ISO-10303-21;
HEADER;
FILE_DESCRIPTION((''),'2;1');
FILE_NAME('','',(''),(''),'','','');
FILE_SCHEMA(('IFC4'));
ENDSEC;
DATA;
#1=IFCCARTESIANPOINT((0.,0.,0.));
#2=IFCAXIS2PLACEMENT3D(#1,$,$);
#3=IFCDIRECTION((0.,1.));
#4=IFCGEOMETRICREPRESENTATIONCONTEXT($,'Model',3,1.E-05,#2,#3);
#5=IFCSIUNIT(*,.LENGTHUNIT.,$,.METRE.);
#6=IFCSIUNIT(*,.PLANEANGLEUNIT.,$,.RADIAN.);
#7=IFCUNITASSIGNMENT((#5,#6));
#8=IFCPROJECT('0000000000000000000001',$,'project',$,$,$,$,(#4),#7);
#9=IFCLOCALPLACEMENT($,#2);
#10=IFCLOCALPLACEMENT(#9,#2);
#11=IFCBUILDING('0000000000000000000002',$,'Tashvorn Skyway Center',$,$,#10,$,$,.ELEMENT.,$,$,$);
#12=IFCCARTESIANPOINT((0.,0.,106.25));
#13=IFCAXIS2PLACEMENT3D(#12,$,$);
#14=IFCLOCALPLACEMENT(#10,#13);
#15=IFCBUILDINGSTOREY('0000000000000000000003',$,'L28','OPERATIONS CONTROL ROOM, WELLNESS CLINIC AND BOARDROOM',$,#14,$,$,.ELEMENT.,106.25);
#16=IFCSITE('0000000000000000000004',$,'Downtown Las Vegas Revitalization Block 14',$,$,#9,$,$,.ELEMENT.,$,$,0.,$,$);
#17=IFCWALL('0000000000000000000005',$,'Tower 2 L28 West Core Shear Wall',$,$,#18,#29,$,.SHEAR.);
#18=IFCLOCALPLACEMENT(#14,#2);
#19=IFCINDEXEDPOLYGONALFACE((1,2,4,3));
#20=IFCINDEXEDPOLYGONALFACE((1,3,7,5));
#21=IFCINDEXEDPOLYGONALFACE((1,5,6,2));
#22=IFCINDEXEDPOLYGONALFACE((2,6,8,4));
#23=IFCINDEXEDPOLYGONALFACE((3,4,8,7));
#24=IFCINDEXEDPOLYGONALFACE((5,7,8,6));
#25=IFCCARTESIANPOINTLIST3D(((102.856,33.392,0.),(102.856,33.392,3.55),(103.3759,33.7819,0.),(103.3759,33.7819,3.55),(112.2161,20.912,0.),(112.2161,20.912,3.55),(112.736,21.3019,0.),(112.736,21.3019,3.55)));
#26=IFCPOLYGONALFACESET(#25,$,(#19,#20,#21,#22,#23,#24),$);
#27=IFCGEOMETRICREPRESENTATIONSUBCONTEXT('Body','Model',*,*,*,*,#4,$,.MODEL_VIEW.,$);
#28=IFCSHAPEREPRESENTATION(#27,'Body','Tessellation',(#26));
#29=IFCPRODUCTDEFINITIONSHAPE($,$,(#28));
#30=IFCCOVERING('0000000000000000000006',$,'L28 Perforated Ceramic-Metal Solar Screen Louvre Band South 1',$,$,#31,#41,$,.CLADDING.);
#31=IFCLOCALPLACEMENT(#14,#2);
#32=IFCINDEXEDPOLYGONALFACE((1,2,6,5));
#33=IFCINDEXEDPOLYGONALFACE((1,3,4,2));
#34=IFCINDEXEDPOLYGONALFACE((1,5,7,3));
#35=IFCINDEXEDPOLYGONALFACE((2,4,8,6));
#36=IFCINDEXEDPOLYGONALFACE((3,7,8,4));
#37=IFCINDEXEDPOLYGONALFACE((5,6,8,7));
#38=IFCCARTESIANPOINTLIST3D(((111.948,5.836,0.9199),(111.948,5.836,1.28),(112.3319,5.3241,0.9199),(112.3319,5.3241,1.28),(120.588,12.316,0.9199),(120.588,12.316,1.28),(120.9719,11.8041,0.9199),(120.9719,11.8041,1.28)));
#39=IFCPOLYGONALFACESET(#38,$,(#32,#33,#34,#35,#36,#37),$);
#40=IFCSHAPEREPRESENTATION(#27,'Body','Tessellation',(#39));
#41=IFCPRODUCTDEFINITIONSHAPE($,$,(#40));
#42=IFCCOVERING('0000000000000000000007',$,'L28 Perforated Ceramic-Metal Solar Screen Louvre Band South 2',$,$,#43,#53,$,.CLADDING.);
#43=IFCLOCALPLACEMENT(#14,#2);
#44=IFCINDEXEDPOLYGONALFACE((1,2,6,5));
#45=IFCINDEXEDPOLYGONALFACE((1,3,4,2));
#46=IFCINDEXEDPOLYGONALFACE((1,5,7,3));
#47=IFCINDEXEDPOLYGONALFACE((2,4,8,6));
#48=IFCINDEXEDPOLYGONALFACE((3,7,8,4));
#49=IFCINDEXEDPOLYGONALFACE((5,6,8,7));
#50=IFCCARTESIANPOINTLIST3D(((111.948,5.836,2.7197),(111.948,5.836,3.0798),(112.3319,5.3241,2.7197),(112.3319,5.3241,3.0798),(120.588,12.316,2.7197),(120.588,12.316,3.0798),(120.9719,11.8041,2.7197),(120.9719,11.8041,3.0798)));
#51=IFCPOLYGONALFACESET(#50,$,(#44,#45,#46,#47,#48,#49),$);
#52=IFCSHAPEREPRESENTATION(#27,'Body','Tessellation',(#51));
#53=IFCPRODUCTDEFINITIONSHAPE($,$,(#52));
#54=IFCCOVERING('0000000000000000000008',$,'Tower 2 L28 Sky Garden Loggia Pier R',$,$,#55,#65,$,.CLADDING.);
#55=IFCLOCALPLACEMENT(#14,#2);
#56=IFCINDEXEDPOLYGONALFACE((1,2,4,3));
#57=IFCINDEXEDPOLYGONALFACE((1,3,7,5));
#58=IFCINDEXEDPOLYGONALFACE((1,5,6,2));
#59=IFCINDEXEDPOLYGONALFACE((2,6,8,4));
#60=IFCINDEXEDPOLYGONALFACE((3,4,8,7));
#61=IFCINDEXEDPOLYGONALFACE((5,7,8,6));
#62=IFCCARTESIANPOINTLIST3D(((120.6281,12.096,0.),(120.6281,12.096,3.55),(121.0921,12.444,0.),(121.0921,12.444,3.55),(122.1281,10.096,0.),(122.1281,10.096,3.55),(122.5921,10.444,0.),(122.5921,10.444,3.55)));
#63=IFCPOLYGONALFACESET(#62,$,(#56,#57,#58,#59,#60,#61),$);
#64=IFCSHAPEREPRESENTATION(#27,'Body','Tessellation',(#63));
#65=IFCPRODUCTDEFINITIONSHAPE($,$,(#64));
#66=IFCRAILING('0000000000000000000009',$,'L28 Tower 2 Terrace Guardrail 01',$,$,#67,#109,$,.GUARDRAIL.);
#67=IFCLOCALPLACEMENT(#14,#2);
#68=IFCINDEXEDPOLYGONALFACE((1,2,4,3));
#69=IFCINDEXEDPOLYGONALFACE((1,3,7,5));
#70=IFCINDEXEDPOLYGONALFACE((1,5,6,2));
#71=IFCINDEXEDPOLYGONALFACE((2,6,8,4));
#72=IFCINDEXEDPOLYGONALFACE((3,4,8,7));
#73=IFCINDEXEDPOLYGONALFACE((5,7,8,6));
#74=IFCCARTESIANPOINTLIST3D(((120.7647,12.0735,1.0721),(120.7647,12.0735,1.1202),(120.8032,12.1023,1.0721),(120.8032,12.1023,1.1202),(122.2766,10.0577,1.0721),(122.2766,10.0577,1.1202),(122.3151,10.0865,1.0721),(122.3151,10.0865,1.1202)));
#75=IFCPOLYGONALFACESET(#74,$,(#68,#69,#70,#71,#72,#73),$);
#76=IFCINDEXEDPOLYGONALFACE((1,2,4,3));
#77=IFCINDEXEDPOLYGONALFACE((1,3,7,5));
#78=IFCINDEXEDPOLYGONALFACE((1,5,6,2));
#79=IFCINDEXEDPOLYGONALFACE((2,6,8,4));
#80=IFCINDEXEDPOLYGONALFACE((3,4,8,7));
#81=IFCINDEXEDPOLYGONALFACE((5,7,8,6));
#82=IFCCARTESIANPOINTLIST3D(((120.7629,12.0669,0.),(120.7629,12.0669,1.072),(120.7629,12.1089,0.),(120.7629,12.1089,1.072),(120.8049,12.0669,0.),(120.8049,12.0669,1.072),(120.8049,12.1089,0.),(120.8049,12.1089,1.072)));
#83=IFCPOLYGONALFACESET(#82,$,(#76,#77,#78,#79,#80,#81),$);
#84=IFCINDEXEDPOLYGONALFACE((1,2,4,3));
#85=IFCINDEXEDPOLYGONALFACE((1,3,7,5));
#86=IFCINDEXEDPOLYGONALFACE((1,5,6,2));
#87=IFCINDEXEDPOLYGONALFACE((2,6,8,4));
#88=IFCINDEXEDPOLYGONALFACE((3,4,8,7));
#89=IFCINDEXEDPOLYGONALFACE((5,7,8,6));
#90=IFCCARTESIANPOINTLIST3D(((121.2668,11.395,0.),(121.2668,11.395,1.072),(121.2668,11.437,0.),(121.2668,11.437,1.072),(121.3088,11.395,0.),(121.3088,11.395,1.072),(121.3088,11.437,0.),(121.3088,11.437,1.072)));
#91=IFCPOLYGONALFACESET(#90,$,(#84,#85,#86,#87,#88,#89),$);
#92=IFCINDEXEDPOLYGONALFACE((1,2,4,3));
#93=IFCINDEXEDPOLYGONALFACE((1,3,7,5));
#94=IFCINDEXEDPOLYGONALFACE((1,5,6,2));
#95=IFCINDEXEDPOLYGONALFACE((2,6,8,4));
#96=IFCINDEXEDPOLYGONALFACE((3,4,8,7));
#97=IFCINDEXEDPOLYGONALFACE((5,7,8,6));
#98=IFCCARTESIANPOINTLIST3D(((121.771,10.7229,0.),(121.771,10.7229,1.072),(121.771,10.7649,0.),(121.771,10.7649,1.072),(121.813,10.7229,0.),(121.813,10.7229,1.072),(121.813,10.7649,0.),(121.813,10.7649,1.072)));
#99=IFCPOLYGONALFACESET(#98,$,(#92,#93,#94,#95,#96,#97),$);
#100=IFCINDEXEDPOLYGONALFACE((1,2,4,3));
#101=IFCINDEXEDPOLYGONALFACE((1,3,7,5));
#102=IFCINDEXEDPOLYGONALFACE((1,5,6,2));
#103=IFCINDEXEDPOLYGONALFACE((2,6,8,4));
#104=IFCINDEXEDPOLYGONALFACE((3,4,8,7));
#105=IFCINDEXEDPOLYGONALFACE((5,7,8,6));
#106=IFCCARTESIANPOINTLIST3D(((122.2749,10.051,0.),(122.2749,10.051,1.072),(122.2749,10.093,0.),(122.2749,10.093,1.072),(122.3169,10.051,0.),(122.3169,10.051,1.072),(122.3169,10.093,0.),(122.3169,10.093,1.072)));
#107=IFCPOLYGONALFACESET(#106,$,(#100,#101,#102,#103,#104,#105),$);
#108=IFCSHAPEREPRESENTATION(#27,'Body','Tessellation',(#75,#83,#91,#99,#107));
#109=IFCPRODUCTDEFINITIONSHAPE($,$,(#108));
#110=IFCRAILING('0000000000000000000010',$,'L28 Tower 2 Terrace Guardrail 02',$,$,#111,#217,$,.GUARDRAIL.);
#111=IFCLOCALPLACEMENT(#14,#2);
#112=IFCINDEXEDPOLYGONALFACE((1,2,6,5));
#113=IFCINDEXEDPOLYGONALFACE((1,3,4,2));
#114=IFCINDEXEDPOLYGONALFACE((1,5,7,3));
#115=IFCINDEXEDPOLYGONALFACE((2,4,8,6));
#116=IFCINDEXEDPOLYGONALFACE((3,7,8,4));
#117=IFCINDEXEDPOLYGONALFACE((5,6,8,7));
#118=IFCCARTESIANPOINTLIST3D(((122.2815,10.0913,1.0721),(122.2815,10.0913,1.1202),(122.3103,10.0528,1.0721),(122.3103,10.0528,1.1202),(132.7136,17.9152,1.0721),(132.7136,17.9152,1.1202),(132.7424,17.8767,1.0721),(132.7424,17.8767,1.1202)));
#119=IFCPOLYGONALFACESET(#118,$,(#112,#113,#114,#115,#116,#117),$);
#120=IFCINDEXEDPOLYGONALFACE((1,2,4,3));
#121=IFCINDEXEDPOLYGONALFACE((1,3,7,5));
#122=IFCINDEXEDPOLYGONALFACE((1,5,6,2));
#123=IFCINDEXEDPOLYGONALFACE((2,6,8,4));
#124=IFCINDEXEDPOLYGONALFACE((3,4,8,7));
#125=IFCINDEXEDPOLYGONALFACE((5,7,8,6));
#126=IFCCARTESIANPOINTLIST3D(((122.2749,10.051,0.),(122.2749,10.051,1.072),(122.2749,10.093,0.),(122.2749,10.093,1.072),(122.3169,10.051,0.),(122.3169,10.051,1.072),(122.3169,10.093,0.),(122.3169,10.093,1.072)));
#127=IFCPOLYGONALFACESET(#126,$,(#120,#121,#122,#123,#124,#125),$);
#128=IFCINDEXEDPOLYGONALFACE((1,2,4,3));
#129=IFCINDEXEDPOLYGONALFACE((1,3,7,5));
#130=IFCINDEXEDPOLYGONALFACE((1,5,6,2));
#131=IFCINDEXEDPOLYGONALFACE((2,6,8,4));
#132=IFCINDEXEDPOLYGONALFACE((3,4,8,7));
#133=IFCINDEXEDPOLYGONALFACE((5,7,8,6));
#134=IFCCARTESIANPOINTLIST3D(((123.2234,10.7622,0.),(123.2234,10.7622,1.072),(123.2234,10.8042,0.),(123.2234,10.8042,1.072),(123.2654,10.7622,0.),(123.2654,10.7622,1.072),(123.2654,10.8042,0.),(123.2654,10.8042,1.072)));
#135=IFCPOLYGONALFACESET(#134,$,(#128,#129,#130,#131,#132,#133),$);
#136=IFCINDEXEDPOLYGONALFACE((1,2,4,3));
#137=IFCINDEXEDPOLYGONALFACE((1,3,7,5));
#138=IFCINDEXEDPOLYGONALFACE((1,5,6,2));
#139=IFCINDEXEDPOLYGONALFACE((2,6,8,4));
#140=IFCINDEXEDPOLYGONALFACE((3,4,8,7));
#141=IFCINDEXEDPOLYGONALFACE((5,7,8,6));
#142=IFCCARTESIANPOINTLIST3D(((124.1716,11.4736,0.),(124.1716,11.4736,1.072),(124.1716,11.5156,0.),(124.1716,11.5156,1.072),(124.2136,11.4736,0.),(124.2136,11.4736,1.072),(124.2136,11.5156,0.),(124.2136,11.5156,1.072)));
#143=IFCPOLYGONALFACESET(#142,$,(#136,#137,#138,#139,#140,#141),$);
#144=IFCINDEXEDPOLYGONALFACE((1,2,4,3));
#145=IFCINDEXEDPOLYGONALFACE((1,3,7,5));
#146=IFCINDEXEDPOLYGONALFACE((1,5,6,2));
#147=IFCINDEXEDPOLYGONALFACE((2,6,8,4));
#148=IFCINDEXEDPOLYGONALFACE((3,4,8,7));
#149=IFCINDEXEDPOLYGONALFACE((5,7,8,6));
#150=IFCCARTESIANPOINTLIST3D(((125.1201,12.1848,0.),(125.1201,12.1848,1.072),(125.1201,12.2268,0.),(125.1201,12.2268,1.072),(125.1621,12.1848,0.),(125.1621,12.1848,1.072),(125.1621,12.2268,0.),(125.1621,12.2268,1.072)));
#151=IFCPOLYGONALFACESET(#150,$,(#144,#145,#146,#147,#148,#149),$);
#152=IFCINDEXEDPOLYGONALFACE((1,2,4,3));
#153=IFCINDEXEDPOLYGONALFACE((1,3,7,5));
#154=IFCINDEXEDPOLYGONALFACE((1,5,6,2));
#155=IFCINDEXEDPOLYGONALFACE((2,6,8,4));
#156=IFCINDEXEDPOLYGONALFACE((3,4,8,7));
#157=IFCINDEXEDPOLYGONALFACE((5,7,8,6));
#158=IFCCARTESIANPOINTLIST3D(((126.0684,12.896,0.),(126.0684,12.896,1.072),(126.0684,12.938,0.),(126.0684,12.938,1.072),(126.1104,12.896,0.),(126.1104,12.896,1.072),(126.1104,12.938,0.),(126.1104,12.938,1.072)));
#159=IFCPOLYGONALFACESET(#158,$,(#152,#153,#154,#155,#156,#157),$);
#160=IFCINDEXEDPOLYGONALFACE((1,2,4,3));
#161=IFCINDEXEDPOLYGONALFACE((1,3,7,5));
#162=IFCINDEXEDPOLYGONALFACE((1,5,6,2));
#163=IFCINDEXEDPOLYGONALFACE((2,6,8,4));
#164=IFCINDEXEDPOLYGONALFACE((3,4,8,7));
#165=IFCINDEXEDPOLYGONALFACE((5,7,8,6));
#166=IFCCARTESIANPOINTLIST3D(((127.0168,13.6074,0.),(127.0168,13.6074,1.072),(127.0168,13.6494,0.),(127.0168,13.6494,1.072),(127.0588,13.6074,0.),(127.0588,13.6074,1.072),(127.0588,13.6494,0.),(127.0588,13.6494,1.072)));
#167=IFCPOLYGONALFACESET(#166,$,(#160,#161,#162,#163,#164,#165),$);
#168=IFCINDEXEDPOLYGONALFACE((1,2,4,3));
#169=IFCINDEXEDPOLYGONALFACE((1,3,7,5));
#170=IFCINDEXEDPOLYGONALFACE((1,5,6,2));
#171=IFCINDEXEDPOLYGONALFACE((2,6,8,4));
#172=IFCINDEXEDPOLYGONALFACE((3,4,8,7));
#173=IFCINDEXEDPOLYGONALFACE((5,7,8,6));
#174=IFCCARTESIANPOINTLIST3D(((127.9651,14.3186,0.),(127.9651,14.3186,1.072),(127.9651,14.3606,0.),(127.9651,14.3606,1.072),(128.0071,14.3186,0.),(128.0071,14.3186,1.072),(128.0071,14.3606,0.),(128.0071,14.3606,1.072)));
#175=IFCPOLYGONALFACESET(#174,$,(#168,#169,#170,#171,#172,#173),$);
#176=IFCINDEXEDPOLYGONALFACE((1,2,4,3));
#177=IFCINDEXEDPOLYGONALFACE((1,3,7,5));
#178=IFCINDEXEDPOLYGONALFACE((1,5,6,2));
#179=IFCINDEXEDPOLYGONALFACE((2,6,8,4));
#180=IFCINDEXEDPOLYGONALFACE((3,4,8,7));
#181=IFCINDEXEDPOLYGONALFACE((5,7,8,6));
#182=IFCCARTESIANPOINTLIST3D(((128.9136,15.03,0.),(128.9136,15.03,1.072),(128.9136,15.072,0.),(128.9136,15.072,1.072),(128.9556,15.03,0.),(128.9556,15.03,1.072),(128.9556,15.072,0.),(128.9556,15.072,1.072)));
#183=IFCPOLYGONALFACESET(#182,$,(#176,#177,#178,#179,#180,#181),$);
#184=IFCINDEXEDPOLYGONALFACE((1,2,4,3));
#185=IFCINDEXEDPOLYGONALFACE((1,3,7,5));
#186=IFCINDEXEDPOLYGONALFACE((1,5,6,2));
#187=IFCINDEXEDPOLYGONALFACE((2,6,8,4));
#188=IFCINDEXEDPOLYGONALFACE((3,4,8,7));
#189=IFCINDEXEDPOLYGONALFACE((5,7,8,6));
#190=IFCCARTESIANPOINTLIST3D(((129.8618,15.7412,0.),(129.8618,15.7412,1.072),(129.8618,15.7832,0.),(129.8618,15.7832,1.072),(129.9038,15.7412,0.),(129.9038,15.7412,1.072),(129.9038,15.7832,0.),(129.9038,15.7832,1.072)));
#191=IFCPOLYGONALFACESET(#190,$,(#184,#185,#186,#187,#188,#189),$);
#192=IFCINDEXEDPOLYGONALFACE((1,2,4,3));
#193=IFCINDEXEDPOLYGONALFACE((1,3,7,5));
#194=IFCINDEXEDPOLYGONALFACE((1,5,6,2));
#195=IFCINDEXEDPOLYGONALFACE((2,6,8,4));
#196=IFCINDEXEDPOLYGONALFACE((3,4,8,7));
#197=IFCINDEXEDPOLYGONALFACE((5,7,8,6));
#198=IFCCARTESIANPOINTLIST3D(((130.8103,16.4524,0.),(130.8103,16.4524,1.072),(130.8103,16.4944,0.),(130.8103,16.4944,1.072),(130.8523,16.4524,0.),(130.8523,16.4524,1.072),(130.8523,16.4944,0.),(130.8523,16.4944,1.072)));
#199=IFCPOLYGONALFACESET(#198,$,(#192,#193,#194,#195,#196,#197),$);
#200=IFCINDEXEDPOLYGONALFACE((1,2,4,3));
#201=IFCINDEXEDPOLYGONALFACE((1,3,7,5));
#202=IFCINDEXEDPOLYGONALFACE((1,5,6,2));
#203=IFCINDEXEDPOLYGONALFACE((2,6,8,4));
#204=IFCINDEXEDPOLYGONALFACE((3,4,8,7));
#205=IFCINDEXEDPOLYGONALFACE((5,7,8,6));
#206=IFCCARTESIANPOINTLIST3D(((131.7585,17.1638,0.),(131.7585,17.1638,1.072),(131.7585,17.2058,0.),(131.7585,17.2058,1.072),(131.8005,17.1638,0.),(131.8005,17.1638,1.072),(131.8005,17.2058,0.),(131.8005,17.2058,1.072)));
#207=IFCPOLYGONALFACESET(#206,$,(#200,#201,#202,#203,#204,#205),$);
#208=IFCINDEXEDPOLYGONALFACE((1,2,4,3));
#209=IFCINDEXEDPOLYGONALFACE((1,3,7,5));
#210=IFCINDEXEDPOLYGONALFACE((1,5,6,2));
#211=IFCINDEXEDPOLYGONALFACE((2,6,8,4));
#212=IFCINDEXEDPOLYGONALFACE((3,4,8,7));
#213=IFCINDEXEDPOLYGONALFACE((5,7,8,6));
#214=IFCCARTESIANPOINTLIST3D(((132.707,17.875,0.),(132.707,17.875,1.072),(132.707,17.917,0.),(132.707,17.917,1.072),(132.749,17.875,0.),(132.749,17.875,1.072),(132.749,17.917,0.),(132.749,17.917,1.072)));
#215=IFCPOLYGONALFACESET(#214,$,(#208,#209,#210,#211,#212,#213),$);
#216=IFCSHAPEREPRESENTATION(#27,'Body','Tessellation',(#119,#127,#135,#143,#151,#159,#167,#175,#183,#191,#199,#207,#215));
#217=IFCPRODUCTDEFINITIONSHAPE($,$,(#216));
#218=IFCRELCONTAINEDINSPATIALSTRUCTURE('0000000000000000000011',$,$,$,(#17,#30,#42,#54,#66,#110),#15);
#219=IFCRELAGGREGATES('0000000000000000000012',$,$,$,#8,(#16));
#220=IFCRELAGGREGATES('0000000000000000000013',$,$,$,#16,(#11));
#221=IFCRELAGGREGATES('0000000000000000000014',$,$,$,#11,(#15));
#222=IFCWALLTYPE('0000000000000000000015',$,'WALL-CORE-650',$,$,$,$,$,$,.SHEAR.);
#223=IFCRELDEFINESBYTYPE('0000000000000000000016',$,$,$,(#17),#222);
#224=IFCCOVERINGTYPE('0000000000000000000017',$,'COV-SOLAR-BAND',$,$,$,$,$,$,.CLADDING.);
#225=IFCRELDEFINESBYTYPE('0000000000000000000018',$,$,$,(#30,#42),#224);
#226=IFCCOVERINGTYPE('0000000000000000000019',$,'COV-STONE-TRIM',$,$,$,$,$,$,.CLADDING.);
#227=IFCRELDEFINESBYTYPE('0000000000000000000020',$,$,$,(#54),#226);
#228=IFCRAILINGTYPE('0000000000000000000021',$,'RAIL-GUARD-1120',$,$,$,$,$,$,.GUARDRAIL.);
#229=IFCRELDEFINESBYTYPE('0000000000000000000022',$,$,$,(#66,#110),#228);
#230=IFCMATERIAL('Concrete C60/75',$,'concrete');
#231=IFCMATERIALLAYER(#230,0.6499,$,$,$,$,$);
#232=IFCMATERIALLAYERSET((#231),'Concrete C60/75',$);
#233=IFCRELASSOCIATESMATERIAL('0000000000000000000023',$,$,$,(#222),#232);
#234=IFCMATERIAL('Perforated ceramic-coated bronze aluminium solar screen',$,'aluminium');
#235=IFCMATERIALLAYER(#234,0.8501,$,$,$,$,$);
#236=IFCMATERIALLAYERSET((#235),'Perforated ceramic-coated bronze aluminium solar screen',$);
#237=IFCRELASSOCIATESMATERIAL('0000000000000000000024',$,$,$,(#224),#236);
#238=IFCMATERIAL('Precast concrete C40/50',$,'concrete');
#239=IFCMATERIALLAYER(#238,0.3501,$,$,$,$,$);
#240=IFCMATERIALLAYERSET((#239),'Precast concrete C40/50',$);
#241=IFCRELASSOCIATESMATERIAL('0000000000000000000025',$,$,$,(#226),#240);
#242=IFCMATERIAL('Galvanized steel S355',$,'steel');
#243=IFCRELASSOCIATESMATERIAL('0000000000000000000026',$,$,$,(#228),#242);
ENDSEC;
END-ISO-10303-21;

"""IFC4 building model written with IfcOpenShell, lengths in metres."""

from ifc_helpers import new_model, si_unit, direction, frame, frame_2d, origin, origin_2d, place, context, subcontext, project, spatial, rectangle, extrude, material, layer, layer_set, type_object, element, save


model = new_model("IFC4")

# Units and contexts
model_context = context("Model", 3, precision=1e-05, world=origin(), true_north=direction((0.0, 1.0)))
body_context = subcontext(model_context, "Body", "Model", "MODEL_VIEW")
ifc_project = project(units=[si_unit("LENGTHUNIT", "METRE"), si_unit("PLANEANGLEUNIT", "RADIAN")], contexts=[model_context])

# Site, building, storey
site_placement = place(None, origin())
site = spatial("IfcSite", under=ifc_project, at=site_placement, Name="Downtown Las Vegas Revitalization Block 14", CompositionType="ELEMENT", RefElevation=0.0)
building_placement = place(site_placement, origin())
building = spatial("IfcBuilding", under=site, at=building_placement, Name="Tashvorn Skyway Center", CompositionType="ELEMENT")
storey_placement = place(building_placement, frame((0.0, 0.0, 106.25)))
storey = spatial("IfcBuildingStorey", under=building, at=storey_placement, Name="L28", Description="OPERATIONS CONTROL ROOM, WELLNESS CLINIC AND BOARDROOM", CompositionType="ELEMENT", Elevation=106.25)

# Wall
ifc_material_1 = material(Name="Concrete C60/75", Category="concrete")
ifc_layer_1 = layer(ifc_material_1, 0.6499)
ifc_layer_set_1 = layer_set([ifc_layer_1], Name="Concrete C60/75")
wall_type = type_object("IfcWallType", Name="WALL-CORE-650", PredefinedType="SHEAR", material=ifc_layer_set_1)
wall_placement = place(storey_placement, frame((112.4761, 21.1069, 0.0), z_axis=(0.0, 0.0, 1.0), x_axis=(-0.600005, 0.799996, 0.0)))
element("IfcWall", 1, at=wall_placement, inside=storey, type_object=wall_type, Name="Tower 2 L28 West Core Shear Wall", PredefinedType="SHEAR", context=body_context, shape_type="SweptSolid", body=[
    extrude(rectangle(XDim=15.6001, YDim=0.6499, at=frame_2d((7.8, 0.0))), origin(), (0.0, 0.0, 1.0), 3.55),
])

# Coverings
ifc_material_2 = material(Name="Perforated ceramic-coated bronze aluminium solar screen", Category="aluminium")
ifc_layer_2 = layer(ifc_material_2, 0.8501)
ifc_layer_set_2 = layer_set([ifc_layer_2], Name="Perforated ceramic-coated bronze aluminium solar screen")
covering_type_1 = type_object("IfcCoveringType", Name="COV-SOLAR-BAND", PredefinedType="CLADDING", material=ifc_layer_set_2)
for number, where, z_axis, x_axis, name in (
    (2, (116.46, 8.8201, 0.9199), (0.0, 0.0, 1.0), (-0.8, -0.6, 0.0), "L28 Perforated Ceramic-Metal Solar Screen Louvre Band South 1"),
    (3, (116.46, 8.8201, 2.7197), (0.0, 0.0, 1.0), (-0.8, -0.6, 0.0), "L28 Perforated Ceramic-Metal Solar Screen Louvre Band South 2"),
):
    element("IfcCovering", number, at=place(storey_placement, frame(where, z_axis=z_axis, x_axis=x_axis)), inside=storey, type_object=covering_type_1, Name=name, PredefinedType="CLADDING", context=body_context, shape_type="SweptSolid", body=[
        extrude(rectangle(XDim=10.8, YDim=0.6399, at=origin_2d()), origin(), (0.0, 0.0, 1.0), 0.3601),
    ])
ifc_material_3 = material(Name="Precast concrete C40/50", Category="concrete")
ifc_layer_3 = layer(ifc_material_3, 0.3501)
ifc_layer_set_3 = layer_set([ifc_layer_3], Name="Precast concrete C40/50")
covering_type_2 = type_object("IfcCoveringType", Name="COV-STONE-TRIM", PredefinedType="CLADDING", material=ifc_layer_set_3)
covering_placement = place(storey_placement, frame((121.6101, 11.27, 0.0), z_axis=(0.0, 0.0, 1.0), x_axis=(-0.8, -0.6, 0.0)))
element("IfcCovering", 4, at=covering_placement, inside=storey, type_object=covering_type_2, Name="Tower 2 L28 Sky Garden Loggia Pier R", PredefinedType="CLADDING", context=body_context, shape_type="SweptSolid", body=[
    extrude(rectangle(XDim=0.5801, YDim=2.5, at=origin_2d()), origin(), (0.0, 0.0, 1.0), 3.55),
])

# Railings
ifc_material_4 = material(Name="Galvanized steel S355", Category="steel")
railing_type = type_object("IfcRailingType", Name="RAIL-GUARD-1120", PredefinedType="GUARDRAIL", material=ifc_material_4)
railing_1_placement = place(storey_placement, frame((120.7839, 12.0879, 0.0)))
element("IfcRailing", 5, at=railing_1_placement, inside=storey, type_object=railing_type, Name="L28 Tower 2 Terrace Guardrail 01", PredefinedType="GUARDRAIL", context=body_context, shape_type="SweptSolid", body=[
    extrude(rectangle(XDim=0.0481, YDim=0.0481, at=origin_2d()), frame((0.0, 0.0, 1.0962), z_axis=(0.600016, -0.799988, 0.0), x_axis=(0.799988, 0.600016, 0.0)), (0.0, 0.0, 1.0), 2.5198),
    extrude(rectangle(XDim=0.042, YDim=0.042, at=origin_2d()), origin(), (0.0, 0.0, 1.0), 1.072),
    extrude(rectangle(XDim=0.042, YDim=0.042, at=origin_2d()), frame((0.5039, -0.6719, 0.0)), (0.0, 0.0, 1.0), 1.072),
    extrude(rectangle(XDim=0.042, YDim=0.042, at=origin_2d()), frame((1.0081, -1.344, 0.0)), (0.0, 0.0, 1.0), 1.072),
    extrude(rectangle(XDim=0.042, YDim=0.042, at=origin_2d()), frame((1.512, -2.0159, 0.0)), (0.0, 0.0, 1.0), 1.072),
])
railing_2_placement = place(storey_placement, frame((122.2959, 10.072, 0.0)))
element("IfcRailing", 6, at=railing_2_placement, inside=storey, type_object=railing_type, Name="L28 Tower 2 Terrace Guardrail 02", PredefinedType="GUARDRAIL", context=body_context, shape_type="SweptSolid", body=[
    extrude(rectangle(XDim=0.0481, YDim=0.0481, at=origin_2d()), frame((0.0, 0.0, 1.0962), z_axis=(0.800004, 0.599994, 0.0), x_axis=(-0.599994, 0.800004, 0.0)), (0.0, 0.0, 1.0), 13.04),
    extrude(rectangle(XDim=0.042, YDim=0.042, at=origin_2d()), origin(), (0.0, 0.0, 1.0), 1.072),
    extrude(rectangle(XDim=0.042, YDim=0.042, at=origin_2d()), frame((0.9485, 0.7112, 0.0)), (0.0, 0.0, 1.0), 1.072),
    extrude(rectangle(XDim=0.042, YDim=0.042, at=origin_2d()), frame((1.8967, 1.4226, 0.0)), (0.0, 0.0, 1.0), 1.072),
    extrude(rectangle(XDim=0.042, YDim=0.042, at=origin_2d()), frame((2.8452, 2.1338, 0.0)), (0.0, 0.0, 1.0), 1.072),
    extrude(rectangle(XDim=0.042, YDim=0.042, at=origin_2d()), frame((3.7935, 2.845, 0.0)), (0.0, 0.0, 1.0), 1.072),
    extrude(rectangle(XDim=0.042, YDim=0.042, at=origin_2d()), frame((4.7419, 3.5564, 0.0)), (0.0, 0.0, 1.0), 1.072),
    extrude(rectangle(XDim=0.042, YDim=0.042, at=origin_2d()), frame((5.6902, 4.2676, 0.0)), (0.0, 0.0, 1.0), 1.072),
    extrude(rectangle(XDim=0.042, YDim=0.042, at=origin_2d()), frame((6.6387, 4.979, 0.0)), (0.0, 0.0, 1.0), 1.072),
    extrude(rectangle(XDim=0.042, YDim=0.042, at=origin_2d()), frame((7.5869, 5.6902, 0.0)), (0.0, 0.0, 1.0), 1.072),
    extrude(rectangle(XDim=0.042, YDim=0.042, at=origin_2d()), frame((8.5354, 6.4014, 0.0)), (0.0, 0.0, 1.0), 1.072),
    extrude(rectangle(XDim=0.042, YDim=0.042, at=origin_2d()), frame((9.4836, 7.1128, 0.0)), (0.0, 0.0, 1.0), 1.072),
    extrude(rectangle(XDim=0.042, YDim=0.042, at=origin_2d()), frame((10.4321, 7.824, 0.0)), (0.0, 0.0, 1.0), 1.072),
])

save(model, "model.ifc")
